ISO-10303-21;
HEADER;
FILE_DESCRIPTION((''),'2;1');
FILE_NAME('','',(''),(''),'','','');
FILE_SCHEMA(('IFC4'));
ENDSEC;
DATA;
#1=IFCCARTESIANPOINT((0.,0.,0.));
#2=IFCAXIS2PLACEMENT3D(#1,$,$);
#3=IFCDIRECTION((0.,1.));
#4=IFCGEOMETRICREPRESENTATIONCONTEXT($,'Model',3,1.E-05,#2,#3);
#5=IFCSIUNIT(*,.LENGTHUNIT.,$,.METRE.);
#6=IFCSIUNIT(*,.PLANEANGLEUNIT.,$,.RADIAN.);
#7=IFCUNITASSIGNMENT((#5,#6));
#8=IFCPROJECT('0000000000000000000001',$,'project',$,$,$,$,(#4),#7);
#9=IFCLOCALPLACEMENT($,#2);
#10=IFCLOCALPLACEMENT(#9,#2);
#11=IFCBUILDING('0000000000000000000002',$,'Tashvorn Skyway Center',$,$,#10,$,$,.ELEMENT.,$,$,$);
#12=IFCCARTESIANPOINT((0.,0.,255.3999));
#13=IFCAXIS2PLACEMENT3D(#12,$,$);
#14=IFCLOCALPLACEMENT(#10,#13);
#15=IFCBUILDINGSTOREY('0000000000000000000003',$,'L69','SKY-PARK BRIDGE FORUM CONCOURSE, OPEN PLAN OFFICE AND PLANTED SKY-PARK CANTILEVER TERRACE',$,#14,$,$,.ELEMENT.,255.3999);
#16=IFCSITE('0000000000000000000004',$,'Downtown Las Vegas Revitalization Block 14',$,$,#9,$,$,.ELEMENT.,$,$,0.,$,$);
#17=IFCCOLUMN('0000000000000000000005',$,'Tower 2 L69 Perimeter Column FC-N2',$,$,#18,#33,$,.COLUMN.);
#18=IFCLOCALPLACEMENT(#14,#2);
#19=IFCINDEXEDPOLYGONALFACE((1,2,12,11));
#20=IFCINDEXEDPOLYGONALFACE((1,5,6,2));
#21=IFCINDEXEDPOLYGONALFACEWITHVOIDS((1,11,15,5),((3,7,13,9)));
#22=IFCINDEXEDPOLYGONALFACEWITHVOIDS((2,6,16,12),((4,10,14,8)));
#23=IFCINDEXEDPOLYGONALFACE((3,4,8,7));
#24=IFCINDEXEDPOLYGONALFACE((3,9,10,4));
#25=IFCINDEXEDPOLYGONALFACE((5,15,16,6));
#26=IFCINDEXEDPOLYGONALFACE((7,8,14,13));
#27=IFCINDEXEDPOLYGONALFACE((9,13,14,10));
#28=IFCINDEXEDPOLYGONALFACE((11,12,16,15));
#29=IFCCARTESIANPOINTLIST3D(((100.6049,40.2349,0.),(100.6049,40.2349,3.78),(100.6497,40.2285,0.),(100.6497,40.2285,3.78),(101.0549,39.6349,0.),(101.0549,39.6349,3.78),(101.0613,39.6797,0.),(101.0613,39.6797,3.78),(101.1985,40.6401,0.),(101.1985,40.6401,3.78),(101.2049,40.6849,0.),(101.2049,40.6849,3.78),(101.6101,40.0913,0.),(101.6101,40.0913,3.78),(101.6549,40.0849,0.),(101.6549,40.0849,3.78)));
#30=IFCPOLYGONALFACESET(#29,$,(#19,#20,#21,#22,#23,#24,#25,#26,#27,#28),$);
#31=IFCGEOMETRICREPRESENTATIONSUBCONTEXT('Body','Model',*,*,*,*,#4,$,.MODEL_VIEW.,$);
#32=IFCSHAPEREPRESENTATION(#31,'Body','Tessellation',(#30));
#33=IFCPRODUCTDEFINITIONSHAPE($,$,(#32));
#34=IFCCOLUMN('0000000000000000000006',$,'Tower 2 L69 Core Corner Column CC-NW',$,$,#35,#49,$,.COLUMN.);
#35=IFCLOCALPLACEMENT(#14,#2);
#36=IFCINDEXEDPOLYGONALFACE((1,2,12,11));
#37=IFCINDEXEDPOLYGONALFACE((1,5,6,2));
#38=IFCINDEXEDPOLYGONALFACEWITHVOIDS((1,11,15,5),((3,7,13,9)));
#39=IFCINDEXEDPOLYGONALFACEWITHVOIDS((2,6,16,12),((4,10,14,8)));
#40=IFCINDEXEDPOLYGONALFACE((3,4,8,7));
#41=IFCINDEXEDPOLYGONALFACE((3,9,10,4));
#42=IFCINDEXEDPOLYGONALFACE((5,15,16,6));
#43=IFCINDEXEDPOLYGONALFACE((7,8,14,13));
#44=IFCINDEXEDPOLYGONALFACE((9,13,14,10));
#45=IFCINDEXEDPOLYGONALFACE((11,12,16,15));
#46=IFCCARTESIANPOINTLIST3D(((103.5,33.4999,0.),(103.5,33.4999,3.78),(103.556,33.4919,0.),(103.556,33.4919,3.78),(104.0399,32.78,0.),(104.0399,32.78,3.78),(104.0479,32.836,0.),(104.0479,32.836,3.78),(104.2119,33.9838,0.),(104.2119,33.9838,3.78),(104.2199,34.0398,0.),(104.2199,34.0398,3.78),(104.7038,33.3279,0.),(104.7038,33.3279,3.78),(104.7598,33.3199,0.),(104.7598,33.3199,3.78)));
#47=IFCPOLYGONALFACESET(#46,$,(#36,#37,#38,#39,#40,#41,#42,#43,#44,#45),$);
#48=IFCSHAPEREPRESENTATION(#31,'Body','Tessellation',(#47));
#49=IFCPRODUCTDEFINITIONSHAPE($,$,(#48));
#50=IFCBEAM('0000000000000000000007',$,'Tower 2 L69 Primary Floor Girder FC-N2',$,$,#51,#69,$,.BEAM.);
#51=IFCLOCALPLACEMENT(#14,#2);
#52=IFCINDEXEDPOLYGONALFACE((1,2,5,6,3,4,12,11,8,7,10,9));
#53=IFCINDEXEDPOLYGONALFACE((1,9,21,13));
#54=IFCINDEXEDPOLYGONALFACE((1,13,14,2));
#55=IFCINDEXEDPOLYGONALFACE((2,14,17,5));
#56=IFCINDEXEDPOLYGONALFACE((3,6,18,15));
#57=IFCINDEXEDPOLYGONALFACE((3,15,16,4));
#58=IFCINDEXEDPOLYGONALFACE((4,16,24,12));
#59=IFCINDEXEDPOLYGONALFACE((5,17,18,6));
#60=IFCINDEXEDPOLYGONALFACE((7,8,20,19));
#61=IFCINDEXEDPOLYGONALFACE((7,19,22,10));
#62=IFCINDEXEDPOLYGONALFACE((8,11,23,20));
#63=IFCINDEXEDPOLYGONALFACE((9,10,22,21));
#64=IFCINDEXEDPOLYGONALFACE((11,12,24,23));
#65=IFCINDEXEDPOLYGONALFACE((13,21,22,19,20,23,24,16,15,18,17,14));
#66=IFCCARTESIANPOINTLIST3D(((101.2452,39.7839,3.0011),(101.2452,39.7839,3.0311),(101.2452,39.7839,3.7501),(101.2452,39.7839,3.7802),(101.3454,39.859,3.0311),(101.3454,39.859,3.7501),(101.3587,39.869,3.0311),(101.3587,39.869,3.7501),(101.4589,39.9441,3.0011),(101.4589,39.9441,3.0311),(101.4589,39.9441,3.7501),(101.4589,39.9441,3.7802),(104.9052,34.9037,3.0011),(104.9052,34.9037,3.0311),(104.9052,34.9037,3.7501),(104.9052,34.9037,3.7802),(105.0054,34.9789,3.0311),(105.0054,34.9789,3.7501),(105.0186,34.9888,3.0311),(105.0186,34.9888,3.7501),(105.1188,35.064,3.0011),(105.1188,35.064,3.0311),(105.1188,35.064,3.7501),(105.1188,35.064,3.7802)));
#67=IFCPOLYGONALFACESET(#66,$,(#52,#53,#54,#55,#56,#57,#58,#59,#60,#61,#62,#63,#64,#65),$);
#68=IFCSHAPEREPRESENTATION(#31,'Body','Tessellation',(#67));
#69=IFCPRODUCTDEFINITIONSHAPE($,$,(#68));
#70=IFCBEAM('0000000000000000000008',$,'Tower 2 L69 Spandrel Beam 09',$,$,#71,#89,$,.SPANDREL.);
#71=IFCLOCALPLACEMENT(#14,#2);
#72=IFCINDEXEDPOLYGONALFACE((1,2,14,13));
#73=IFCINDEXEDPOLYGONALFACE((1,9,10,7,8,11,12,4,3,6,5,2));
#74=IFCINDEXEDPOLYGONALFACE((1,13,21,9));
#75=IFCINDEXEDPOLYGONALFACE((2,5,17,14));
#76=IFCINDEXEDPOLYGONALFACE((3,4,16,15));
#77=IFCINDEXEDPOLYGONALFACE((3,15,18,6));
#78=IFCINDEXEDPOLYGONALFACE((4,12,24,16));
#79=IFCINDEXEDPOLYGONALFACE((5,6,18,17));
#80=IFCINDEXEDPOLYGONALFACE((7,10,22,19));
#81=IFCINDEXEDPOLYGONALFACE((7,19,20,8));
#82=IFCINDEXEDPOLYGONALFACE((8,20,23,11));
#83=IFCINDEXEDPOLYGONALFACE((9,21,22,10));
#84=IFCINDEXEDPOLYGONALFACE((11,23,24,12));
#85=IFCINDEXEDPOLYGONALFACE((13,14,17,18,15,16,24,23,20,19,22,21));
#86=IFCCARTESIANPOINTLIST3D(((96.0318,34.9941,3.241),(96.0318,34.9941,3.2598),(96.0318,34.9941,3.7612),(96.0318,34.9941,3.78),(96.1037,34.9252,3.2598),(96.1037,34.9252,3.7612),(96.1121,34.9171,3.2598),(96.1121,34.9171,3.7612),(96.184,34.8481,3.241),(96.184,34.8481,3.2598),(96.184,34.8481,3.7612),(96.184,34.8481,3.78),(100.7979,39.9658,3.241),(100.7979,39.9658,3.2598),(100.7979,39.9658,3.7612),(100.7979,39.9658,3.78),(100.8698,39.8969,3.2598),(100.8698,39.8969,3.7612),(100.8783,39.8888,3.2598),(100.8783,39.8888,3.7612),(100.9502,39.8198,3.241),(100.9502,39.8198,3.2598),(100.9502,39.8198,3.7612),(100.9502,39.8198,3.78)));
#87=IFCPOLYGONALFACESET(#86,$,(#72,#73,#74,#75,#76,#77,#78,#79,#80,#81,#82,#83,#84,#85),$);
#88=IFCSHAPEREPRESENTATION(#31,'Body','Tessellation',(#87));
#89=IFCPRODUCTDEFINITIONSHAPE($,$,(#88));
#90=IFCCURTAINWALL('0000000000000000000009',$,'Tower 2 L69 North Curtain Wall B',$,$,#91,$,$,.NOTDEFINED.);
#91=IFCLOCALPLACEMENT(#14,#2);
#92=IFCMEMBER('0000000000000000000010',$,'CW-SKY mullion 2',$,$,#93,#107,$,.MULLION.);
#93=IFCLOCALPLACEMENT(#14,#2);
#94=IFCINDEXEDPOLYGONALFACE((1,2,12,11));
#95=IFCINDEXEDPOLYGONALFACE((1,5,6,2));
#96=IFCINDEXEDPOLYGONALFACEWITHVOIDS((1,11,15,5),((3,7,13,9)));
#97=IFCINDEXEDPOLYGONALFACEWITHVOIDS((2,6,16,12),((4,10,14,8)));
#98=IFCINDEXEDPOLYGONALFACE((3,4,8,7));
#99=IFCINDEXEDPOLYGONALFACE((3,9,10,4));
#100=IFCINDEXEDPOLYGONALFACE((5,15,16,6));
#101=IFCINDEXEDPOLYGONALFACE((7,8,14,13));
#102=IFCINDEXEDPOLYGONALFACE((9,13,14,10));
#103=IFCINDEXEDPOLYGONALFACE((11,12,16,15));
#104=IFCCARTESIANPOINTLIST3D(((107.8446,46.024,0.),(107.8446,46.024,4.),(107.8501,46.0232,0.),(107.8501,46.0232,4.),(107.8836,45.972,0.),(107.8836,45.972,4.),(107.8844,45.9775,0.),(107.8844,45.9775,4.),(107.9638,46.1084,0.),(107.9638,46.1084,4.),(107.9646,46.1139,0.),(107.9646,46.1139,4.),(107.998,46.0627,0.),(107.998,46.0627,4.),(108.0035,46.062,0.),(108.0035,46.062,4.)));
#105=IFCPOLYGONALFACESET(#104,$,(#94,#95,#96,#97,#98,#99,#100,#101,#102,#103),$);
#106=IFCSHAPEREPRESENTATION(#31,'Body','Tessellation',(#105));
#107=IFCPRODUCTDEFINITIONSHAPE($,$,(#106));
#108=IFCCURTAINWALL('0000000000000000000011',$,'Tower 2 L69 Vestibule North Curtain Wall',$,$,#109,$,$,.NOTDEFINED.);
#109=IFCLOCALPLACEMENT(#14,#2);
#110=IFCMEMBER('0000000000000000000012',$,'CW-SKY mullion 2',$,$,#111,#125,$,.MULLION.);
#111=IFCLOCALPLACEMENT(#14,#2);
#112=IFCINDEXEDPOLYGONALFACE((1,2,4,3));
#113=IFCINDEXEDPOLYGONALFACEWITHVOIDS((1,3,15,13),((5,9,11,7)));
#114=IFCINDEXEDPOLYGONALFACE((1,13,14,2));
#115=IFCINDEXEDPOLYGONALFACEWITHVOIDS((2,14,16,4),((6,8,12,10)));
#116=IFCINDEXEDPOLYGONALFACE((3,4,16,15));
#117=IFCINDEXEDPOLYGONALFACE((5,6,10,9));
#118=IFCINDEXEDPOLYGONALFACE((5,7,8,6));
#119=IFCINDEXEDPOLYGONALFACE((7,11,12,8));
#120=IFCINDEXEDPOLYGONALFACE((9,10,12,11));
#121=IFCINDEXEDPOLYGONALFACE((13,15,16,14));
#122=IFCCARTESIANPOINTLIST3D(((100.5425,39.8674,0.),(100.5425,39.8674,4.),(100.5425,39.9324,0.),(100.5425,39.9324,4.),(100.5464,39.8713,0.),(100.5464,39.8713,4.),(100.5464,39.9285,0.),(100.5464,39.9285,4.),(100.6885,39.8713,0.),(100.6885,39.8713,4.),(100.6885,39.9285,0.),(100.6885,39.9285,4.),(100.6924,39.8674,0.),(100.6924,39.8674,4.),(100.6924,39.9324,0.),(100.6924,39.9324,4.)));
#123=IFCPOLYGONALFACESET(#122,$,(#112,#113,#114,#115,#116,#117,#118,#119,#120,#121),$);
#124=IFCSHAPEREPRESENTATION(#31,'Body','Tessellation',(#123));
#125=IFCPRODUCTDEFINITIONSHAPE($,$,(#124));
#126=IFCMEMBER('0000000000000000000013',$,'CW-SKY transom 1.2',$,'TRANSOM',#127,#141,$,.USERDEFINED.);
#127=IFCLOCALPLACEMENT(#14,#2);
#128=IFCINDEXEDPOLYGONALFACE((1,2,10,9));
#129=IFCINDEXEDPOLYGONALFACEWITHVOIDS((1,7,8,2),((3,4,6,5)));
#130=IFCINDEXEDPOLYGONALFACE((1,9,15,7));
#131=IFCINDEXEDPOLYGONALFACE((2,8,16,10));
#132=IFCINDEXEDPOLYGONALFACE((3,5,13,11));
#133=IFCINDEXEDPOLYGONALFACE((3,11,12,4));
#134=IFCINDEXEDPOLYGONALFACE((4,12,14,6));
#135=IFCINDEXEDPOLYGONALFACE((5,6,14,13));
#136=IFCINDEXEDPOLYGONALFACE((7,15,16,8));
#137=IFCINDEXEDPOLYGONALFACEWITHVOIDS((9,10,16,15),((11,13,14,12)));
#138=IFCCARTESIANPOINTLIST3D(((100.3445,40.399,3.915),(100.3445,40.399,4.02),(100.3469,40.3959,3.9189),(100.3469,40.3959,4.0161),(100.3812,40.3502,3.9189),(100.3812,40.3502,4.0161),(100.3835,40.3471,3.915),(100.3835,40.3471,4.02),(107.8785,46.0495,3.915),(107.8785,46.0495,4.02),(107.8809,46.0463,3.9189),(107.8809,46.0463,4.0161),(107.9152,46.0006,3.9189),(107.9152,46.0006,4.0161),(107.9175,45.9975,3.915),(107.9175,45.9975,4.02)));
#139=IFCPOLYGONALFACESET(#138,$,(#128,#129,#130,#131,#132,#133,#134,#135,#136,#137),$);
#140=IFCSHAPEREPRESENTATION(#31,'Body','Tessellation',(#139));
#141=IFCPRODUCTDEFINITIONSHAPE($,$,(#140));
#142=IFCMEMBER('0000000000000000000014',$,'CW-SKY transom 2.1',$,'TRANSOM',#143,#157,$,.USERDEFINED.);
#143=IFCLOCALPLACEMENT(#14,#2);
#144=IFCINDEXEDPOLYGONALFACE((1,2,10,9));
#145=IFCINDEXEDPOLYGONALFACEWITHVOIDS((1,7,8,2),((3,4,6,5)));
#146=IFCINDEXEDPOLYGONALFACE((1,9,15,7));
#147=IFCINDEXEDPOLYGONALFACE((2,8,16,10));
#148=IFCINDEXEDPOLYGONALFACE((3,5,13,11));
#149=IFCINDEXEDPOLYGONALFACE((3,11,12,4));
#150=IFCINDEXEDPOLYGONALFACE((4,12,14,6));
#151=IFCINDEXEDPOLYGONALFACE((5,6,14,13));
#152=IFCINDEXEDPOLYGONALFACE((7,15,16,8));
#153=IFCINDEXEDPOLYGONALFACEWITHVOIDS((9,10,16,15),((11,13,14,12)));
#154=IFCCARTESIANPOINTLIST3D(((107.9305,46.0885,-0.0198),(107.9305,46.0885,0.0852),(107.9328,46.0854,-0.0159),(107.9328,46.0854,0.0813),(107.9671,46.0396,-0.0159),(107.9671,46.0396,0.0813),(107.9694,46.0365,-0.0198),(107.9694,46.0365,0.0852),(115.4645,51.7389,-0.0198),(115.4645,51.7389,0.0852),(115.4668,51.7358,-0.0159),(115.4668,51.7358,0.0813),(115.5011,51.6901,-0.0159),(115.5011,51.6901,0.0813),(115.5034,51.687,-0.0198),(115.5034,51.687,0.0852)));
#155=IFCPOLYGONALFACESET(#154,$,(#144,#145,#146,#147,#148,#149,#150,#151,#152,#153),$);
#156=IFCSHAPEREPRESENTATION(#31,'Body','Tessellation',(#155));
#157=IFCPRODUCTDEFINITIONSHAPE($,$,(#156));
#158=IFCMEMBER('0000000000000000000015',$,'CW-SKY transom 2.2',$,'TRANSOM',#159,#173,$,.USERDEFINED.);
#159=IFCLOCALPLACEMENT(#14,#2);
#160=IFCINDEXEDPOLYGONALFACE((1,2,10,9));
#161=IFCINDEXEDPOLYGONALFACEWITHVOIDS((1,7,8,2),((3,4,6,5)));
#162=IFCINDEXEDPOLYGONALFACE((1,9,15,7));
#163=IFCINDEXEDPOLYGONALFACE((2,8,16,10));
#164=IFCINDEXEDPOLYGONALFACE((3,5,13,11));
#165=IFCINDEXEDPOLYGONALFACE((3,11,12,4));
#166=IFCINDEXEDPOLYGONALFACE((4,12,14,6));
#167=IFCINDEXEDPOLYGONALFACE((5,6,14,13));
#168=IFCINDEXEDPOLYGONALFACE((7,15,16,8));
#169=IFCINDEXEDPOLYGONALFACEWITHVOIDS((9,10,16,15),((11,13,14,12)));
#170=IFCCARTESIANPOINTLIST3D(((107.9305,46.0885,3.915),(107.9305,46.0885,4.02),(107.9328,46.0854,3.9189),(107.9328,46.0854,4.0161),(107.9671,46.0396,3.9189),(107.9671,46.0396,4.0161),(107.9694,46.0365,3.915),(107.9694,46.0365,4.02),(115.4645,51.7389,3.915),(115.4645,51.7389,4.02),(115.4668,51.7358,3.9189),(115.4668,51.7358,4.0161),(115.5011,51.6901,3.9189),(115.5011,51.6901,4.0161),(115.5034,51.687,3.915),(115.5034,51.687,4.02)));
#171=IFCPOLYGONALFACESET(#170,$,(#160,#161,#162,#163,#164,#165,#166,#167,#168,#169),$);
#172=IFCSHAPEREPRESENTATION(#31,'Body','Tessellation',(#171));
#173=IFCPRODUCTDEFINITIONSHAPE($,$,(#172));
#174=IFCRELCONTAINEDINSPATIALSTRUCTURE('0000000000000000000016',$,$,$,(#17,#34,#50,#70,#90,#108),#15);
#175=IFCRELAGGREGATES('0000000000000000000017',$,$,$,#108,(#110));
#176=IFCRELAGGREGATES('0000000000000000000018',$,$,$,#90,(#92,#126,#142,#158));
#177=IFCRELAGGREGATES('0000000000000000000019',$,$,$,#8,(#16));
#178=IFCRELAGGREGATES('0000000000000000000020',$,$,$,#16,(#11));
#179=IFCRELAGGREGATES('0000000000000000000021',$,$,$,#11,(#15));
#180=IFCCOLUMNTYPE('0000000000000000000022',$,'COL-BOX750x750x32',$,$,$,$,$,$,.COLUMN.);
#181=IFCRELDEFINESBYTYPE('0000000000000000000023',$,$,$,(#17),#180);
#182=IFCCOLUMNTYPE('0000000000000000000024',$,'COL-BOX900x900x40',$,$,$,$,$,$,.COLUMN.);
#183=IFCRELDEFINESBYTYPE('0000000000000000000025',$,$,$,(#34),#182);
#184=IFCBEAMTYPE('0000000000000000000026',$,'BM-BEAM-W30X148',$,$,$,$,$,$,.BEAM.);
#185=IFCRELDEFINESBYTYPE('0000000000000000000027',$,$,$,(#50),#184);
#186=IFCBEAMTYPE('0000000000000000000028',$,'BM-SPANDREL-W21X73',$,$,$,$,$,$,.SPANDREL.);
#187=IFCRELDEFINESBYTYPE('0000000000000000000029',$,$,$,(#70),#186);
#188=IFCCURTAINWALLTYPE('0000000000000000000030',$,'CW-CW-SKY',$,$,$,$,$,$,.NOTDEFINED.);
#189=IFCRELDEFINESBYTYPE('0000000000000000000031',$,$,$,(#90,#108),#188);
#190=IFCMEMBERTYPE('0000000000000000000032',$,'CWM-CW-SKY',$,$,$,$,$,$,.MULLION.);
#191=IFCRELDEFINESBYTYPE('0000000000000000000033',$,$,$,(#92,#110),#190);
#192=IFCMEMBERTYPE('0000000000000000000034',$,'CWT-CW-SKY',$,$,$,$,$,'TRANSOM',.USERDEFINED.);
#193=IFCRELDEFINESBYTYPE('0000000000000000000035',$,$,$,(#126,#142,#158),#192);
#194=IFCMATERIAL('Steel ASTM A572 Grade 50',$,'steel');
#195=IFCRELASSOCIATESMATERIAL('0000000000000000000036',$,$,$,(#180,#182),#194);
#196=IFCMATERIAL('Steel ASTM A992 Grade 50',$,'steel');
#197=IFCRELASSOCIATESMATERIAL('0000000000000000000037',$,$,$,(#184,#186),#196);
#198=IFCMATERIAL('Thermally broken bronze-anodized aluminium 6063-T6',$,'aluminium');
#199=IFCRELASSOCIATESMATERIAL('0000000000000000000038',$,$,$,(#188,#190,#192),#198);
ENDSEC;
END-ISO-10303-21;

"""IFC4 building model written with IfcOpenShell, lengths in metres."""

from ifc_helpers import new_model, si_unit, direction, frame, origin, origin_2d, place, context, subcontext, project, spatial, hollow_rectangle, i_section, extrude, material, material_profile, profile_set, type_object, element, aggregate, save


model = new_model("IFC4")

# Units and contexts
model_context = context("Model", 3, precision=1e-05, world=origin(), true_north=direction((0.0, 1.0)))
body_context = subcontext(model_context, "Body", "Model", "MODEL_VIEW")
ifc_project = project(units=[si_unit("LENGTHUNIT", "METRE"), si_unit("PLANEANGLEUNIT", "RADIAN")], contexts=[model_context])

# Site, building, storey
site_placement = place(None, origin())
site = spatial("IfcSite", under=ifc_project, at=site_placement, Name="Downtown Las Vegas Revitalization Block 14", CompositionType="ELEMENT", RefElevation=0.0)
building_placement = place(site_placement, origin())
building = spatial("IfcBuilding", under=site, at=building_placement, Name="Tashvorn Skyway Center", CompositionType="ELEMENT")
storey_placement = place(building_placement, frame((0.0, 0.0, 255.3999)))
storey = spatial("IfcBuildingStorey", under=building, at=storey_placement, Name="L69", Description="SKY-PARK BRIDGE FORUM CONCOURSE, OPEN PLAN OFFICE AND PLANTED SKY-PARK CANTILEVER TERRACE", CompositionType="ELEMENT", Elevation=255.3999)

# Columns
ifc_material_1 = material(Name="Steel ASTM A572 Grade 50", Category="steel")
ifc_material_profile_1 = material_profile(ifc_material_1, hollow_rectangle(XDim=0.75, YDim=0.75, WallThickness=0.032, at=origin_2d()), Name="BOX750x750x32")
ifc_profile_set_1 = profile_set([ifc_material_profile_1], Name="Steel ASTM A572 Grade 50")
column_type_1 = type_object("IfcColumnType", Name="COL-BOX750x750x32", PredefinedType="COLUMN", material=ifc_profile_set_1)
column_1_placement = place(storey_placement, frame((101.1299, 40.1599, 0.0), z_axis=(0.0, 0.0, 1.0), x_axis=(0.8, 0.6, 0.0)))
element("IfcColumn", 1, at=column_1_placement, inside=storey, type_object=column_type_1, Name="Tower 2 L69 Perimeter Column FC-N2", PredefinedType="COLUMN", context=body_context, shape_type="SweptSolid", body=[
    extrude(hollow_rectangle(XDim=0.75, YDim=0.75, WallThickness=0.032, at=origin_2d()), origin(), (0.0, 0.0, 1.0), 3.78),
])
ifc_material_profile_2 = material_profile(ifc_material_1, hollow_rectangle(XDim=0.8999, YDim=0.8999, WallThickness=0.04, at=origin_2d()), Name="BOX900x900x40")
ifc_profile_set_2 = profile_set([ifc_material_profile_2], Name="Steel ASTM A572 Grade 50")
column_type_2 = type_object("IfcColumnType", Name="COL-BOX900x900x40", PredefinedType="COLUMN", material=ifc_profile_set_2)
column_2_placement = place(storey_placement, frame((104.1299, 33.4099, 0.0), z_axis=(0.0, 0.0, 1.0), x_axis=(0.8, 0.6, 0.0)))
element("IfcColumn", 2, at=column_2_placement, inside=storey, type_object=column_type_2, Name="Tower 2 L69 Core Corner Column CC-NW", PredefinedType="COLUMN", context=body_context, shape_type="SweptSolid", body=[
    extrude(hollow_rectangle(XDim=0.8999, YDim=0.8999, WallThickness=0.04, at=origin_2d()), origin(), (0.0, 0.0, 1.0), 3.78),
])

# Beams
ifc_material_2 = material(Name="Steel ASTM A992 Grade 50", Category="steel")
ifc_material_profile_3 = material_profile(ifc_material_2, i_section(OverallWidth=0.2671, OverallDepth=0.7791, WebThickness=0.0166, FlangeThickness=0.03, at=origin_2d()), Name="W30X148")
ifc_profile_set_3 = profile_set([ifc_material_profile_3], Name="Steel ASTM A992 Grade 50")
beam_type_1 = type_object("IfcBeamType", Name="BM-BEAM-W30X148", PredefinedType="BEAM", material=ifc_profile_set_3)
beam_1_placement = place(storey_placement, frame((101.3521, 39.864, 3.3906), z_axis=(0.599981, -0.800014, 0.0), x_axis=(0.800014, 0.599981, 0.0)))
element("IfcBeam", 3, at=beam_1_placement, inside=storey, type_object=beam_type_1, Name="Tower 2 L69 Primary Floor Girder FC-N2", PredefinedType="BEAM", context=body_context, shape_type="SweptSolid", body=[
    extrude(i_section(OverallWidth=0.2671, OverallDepth=0.7791, WebThickness=0.0166, FlangeThickness=0.03, at=origin_2d()), origin(), (0.0, 0.0, 1.0), 6.1001),
])
ifc_material_profile_4 = material_profile(ifc_material_2, i_section(OverallWidth=0.2109, OverallDepth=0.5391, WebThickness=0.0117, FlangeThickness=0.0188, at=origin_2d()), Name="W21X73")
ifc_profile_set_4 = profile_set([ifc_material_profile_4], Name="Steel ASTM A992 Grade 50")
beam_type_2 = type_object("IfcBeamType", Name="BM-SPANDREL-W21X73", PredefinedType="SPANDREL", material=ifc_profile_set_4)
beam_2_placement = place(storey_placement, frame((100.874, 39.8928, 3.5105), z_axis=(-0.692025, -0.721873, 0.0), x_axis=(0.721873, -0.692025, 0.0)))
element("IfcBeam", 4, at=beam_2_placement, inside=storey, type_object=beam_type_2, Name="Tower 2 L69 Spandrel Beam 09", PredefinedType="SPANDREL", context=body_context, shape_type="SweptSolid", body=[
    extrude(i_section(OverallWidth=0.2109, OverallDepth=0.5391, WebThickness=0.0117, FlangeThickness=0.0188, at=origin_2d()), origin(), (0.0, 0.0, 1.0), 6.8872),
])

# Curtain walls, members
ifc_material_3 = material(Name="Thermally broken bronze-anodized aluminium 6063-T6", Category="aluminium")
curtain_wall_type = type_object("IfcCurtainWallType", Name="CW-CW-SKY", PredefinedType="NOTDEFINED", material=ifc_material_3)
curtain_wall_1_placement = place(storey_placement, origin())
curtain_wall_1 = element("IfcCurtainWall", 5, at=curtain_wall_1_placement, inside=storey, type_object=curtain_wall_type, Name="Tower 2 L69 North Curtain Wall B", PredefinedType="NOTDEFINED")
ifc_material_profile_5 = material_profile(ifc_material_3, hollow_rectangle(XDim=0.0649, YDim=0.1499, WallThickness=0.0039, at=origin_2d()), Name="ALU-MULL-65x150")
ifc_profile_set_5 = profile_set([ifc_material_profile_5], Name="Thermally broken bronze-anodized aluminium 6063-T6")
member_type_1 = type_object("IfcMemberType", Name="CWM-CW-SKY", PredefinedType="MULLION", material=ifc_profile_set_5)
member_1_placement = place(storey_placement, frame((107.9241, 46.043, 0.0), z_axis=(0.0, 0.0, 1.0), x_axis=(-0.6, 0.8, 0.0)))
member_1 = element("IfcMember", 6, at=member_1_placement, type_object=member_type_1, Name="CW-SKY mullion 2", PredefinedType="MULLION", context=body_context, shape_type="SweptSolid", body=[
    extrude(hollow_rectangle(XDim=0.0649, YDim=0.1499, WallThickness=0.0039, at=origin_2d()), origin(), (0.0, 0.0, 1.0), 4.0),
])
curtain_wall_2_placement = place(storey_placement, origin())
curtain_wall_2 = element("IfcCurtainWall", 7, at=curtain_wall_2_placement, inside=storey, type_object=curtain_wall_type, Name="Tower 2 L69 Vestibule North Curtain Wall", PredefinedType="NOTDEFINED")
member_2_placement = place(storey_placement, frame((100.6174, 39.8999, 0.0), z_axis=(0.0, 0.0, 1.0), x_axis=(0.0, 1.0, 0.0)))
member_2 = element("IfcMember", 8, at=member_2_placement, type_object=member_type_1, Name="CW-SKY mullion 2", PredefinedType="MULLION", context=body_context, shape_type="SweptSolid", body=[
    extrude(hollow_rectangle(XDim=0.0649, YDim=0.1499, WallThickness=0.0039, at=origin_2d()), origin(), (0.0, 0.0, 1.0), 4.0),
])
aggregate(curtain_wall_2, [member_2])

# Members
ifc_material_profile_6 = material_profile(ifc_material_3, hollow_rectangle(XDim=0.0649, YDim=0.105, WallThickness=0.0039, at=origin_2d()), Name="ALU-TRAN-65x105")
ifc_profile_set_6 = profile_set([ifc_material_profile_6], Name="Thermally broken bronze-anodized aluminium 6063-T6")
member_type_2 = type_object("IfcMemberType", Name="CWT-CW-SKY", ElementType="TRANSOM", PredefinedType="USERDEFINED", material=ifc_profile_set_6)
member_3_placement = place(storey_placement, frame((100.364, 40.373, 3.9675), z_axis=(0.800003, 0.599996, 0.0), x_axis=(-0.599996, 0.800003, 0.0)))
member_3 = element("IfcMember", 9, at=member_3_placement, type_object=member_type_2, Name="CW-SKY transom 1.2", ObjectType="TRANSOM", PredefinedType="USERDEFINED", context=body_context, shape_type="SweptSolid", body=[
    extrude(hollow_rectangle(XDim=0.0649, YDim=0.105, WallThickness=0.0039, at=origin_2d()), origin(), (0.0, 0.0, 1.0), 9.4175),
])
member_4_placement = place(storey_placement, frame((107.95, 46.0625, 0.0327), z_axis=(0.800003, 0.599996, 0.0), x_axis=(-0.599996, 0.800003, 0.0)))
member_4 = element("IfcMember", 10, at=member_4_placement, type_object=member_type_2, Name="CW-SKY transom 2.1", ObjectType="TRANSOM", PredefinedType="USERDEFINED", context=body_context, shape_type="SweptSolid", body=[
    extrude(hollow_rectangle(XDim=0.0649, YDim=0.105, WallThickness=0.0039, at=origin_2d()), origin(), (0.0, 0.0, 1.0), 9.4175),
])
member_5_placement = place(storey_placement, frame((107.95, 46.0625, 3.9675), z_axis=(0.800003, 0.599996, 0.0), x_axis=(-0.599996, 0.800003, 0.0)))
member_5 = element("IfcMember", 11, at=member_5_placement, type_object=member_type_2, Name="CW-SKY transom 2.2", ObjectType="TRANSOM", PredefinedType="USERDEFINED", context=body_context, shape_type="SweptSolid", body=[
    extrude(hollow_rectangle(XDim=0.0649, YDim=0.105, WallThickness=0.0039, at=origin_2d()), origin(), (0.0, 0.0, 1.0), 9.4175),
])

aggregate(curtain_wall_1, [member_1, member_3, member_4, member_5])

save(model, "model.ifc")
